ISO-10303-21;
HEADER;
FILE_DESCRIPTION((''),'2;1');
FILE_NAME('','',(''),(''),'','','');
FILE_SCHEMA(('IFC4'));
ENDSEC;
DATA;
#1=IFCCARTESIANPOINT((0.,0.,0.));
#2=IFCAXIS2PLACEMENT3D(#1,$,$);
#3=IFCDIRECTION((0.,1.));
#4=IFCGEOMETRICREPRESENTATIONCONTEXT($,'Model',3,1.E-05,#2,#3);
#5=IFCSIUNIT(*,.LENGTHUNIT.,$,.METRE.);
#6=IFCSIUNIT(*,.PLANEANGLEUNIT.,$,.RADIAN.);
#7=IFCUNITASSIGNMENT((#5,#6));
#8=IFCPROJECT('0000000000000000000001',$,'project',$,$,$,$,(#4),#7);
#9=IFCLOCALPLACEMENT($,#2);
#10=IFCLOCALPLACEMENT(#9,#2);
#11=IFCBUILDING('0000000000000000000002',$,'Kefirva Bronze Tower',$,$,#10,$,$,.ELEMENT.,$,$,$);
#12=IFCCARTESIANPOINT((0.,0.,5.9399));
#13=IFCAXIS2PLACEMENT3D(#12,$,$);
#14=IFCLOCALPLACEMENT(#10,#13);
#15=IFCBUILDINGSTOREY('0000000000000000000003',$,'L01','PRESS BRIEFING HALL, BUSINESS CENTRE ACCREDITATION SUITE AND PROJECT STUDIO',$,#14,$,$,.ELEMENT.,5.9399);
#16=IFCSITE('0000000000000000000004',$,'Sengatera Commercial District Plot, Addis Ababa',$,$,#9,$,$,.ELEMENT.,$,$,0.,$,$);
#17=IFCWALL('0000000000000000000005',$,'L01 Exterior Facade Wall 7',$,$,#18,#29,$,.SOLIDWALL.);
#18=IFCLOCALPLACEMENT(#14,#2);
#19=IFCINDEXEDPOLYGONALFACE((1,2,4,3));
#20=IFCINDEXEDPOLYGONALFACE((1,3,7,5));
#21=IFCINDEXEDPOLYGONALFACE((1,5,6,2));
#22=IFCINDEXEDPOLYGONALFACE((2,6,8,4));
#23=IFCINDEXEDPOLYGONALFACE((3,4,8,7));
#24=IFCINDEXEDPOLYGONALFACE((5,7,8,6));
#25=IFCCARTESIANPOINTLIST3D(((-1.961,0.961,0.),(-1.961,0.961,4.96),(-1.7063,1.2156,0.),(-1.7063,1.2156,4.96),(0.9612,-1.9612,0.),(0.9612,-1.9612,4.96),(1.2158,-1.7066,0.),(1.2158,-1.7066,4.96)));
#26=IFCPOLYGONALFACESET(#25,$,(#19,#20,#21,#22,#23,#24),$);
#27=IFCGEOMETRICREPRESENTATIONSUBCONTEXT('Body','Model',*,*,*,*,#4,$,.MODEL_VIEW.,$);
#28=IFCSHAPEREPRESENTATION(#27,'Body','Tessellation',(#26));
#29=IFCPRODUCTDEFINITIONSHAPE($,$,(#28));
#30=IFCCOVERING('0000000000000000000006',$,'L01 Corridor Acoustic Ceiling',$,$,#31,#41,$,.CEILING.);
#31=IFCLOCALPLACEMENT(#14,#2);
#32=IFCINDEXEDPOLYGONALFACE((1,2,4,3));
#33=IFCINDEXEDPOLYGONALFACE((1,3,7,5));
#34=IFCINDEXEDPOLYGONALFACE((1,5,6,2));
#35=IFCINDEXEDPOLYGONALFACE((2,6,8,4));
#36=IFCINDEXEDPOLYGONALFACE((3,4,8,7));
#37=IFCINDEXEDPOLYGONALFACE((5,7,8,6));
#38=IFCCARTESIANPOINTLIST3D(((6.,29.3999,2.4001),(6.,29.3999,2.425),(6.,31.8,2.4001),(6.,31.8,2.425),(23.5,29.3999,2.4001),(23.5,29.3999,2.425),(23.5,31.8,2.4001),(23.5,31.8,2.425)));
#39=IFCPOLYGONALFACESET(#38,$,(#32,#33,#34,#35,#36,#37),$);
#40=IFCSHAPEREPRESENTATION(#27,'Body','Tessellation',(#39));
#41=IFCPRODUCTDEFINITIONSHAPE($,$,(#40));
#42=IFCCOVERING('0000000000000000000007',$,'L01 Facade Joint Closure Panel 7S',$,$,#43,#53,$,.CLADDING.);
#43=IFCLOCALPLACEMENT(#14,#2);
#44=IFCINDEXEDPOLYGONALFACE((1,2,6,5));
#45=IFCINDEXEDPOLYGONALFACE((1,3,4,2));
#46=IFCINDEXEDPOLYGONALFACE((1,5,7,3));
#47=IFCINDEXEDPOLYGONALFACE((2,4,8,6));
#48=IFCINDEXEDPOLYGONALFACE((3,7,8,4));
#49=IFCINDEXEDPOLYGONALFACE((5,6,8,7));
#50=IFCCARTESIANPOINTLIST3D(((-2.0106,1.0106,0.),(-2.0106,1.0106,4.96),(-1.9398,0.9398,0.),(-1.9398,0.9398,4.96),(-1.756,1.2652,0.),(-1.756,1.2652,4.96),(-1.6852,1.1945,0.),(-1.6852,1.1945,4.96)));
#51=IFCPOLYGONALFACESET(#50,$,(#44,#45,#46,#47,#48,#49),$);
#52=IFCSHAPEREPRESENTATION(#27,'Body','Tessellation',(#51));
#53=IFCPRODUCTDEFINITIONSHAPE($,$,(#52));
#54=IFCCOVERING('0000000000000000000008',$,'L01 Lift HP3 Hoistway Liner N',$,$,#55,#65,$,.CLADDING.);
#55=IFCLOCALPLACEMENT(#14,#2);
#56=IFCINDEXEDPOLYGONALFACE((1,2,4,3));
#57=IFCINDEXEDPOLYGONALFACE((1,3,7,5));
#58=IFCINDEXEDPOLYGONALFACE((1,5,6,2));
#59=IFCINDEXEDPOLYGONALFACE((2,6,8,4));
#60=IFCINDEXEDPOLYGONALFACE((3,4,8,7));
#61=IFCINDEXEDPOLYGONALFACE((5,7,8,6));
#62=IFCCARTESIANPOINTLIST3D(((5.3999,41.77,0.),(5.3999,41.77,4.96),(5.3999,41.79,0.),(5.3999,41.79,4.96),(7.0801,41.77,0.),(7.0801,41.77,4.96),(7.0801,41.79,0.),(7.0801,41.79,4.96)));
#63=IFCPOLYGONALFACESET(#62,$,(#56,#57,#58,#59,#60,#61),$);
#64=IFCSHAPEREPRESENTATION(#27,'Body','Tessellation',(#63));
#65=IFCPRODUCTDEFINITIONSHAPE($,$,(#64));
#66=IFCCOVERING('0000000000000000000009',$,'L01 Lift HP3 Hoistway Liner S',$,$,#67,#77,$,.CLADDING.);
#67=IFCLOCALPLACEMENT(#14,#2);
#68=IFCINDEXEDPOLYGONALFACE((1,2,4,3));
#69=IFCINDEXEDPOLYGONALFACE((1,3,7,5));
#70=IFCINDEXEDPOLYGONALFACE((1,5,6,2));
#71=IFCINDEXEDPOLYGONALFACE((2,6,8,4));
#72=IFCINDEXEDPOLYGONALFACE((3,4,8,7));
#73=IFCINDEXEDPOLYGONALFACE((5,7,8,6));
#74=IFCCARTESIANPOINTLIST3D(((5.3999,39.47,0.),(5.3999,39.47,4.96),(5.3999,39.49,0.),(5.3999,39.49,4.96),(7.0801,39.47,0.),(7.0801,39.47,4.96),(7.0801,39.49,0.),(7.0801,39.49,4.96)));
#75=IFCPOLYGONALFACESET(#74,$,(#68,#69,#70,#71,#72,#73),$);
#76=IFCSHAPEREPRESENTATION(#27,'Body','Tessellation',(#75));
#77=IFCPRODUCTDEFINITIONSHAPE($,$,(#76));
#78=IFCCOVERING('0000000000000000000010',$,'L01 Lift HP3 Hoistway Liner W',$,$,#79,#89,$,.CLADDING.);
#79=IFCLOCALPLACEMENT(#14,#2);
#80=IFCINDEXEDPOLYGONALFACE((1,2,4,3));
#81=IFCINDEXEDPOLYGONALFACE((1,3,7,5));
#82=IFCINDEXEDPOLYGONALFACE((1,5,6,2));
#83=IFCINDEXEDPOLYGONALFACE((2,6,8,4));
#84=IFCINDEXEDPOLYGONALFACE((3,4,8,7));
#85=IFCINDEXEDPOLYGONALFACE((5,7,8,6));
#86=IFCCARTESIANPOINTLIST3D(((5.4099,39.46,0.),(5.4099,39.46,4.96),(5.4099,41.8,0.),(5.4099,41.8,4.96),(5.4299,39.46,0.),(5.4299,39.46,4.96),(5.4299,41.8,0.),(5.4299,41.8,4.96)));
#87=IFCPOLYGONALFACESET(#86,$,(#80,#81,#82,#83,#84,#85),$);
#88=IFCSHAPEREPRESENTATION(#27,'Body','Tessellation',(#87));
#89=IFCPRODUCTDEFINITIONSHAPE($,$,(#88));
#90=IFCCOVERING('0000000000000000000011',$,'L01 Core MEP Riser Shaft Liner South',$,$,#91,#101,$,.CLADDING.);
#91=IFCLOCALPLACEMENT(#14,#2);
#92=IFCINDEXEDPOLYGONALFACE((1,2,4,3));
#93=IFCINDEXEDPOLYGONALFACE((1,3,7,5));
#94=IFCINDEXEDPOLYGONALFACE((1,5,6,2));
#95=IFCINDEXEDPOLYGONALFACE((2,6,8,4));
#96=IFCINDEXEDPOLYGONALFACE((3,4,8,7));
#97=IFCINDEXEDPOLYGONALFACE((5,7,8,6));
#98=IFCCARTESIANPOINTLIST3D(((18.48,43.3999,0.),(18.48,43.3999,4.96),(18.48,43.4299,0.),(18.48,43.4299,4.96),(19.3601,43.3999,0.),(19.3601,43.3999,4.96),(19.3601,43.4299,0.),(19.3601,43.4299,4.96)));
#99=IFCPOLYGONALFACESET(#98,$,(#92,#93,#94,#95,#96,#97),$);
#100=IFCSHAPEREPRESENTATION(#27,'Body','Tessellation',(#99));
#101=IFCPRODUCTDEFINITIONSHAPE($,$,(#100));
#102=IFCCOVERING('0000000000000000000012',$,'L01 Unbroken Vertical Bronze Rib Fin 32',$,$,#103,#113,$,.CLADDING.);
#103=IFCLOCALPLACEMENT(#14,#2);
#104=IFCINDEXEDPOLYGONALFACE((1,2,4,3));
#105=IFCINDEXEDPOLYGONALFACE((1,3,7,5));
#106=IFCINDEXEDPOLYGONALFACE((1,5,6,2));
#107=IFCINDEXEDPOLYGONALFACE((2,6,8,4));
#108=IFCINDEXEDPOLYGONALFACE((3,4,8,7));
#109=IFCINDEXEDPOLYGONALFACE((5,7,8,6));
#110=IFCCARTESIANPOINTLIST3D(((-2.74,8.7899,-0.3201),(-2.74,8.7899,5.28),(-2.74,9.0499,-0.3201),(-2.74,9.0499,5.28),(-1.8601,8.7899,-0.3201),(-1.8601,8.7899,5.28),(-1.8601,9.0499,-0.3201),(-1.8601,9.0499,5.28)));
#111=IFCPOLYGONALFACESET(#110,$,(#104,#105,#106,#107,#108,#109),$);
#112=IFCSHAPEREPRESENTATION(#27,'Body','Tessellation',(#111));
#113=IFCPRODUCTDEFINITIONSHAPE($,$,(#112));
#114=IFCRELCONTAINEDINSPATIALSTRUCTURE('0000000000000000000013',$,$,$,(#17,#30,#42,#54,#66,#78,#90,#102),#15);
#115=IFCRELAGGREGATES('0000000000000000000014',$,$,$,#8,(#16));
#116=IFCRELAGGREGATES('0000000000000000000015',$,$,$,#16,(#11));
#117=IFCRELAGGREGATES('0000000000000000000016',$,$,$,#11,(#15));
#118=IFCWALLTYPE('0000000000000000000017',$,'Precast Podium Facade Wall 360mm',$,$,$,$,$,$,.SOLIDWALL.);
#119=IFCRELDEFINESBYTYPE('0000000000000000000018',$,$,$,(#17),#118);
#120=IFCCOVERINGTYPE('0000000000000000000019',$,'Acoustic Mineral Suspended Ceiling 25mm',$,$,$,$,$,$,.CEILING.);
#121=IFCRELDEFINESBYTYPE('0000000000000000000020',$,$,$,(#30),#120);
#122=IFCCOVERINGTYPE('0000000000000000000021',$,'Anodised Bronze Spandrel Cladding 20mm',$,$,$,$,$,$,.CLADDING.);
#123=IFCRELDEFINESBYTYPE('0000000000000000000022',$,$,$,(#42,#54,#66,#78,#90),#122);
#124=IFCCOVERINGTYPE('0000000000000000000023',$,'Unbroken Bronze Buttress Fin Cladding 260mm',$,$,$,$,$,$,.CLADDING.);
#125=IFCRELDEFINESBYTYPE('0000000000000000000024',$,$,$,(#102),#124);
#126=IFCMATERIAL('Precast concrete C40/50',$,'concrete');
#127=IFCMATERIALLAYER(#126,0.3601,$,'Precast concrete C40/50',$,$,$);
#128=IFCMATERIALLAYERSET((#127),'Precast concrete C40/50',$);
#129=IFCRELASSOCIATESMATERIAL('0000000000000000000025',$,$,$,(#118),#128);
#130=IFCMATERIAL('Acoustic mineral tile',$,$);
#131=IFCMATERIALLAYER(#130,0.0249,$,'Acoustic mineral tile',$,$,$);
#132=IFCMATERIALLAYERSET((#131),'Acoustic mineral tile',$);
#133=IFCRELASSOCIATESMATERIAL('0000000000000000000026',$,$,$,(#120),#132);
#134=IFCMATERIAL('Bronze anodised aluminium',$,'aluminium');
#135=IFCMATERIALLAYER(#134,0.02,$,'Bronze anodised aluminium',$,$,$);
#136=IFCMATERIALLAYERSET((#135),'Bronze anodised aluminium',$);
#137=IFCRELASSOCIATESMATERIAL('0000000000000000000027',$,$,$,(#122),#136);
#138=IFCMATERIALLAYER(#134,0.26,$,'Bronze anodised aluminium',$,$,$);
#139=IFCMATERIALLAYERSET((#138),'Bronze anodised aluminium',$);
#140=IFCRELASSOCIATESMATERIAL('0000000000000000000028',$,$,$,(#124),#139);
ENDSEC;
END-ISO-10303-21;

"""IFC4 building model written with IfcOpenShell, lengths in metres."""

from ifc_helpers import new_model, si_unit, direction, frame, frame_2d, origin, origin_2d, place, context, subcontext, project, spatial, polyline, rectangle, outline, extrude, material, layer, layer_set, type_object, element, save


model = new_model("IFC4")

# Units and contexts
model_context = context("Model", 3, precision=1e-05, world=origin(), true_north=direction((0.0, 1.0)))
body_context = subcontext(model_context, "Body", "Model", "MODEL_VIEW")
ifc_project = project(units=[si_unit("LENGTHUNIT", "METRE"), si_unit("PLANEANGLEUNIT", "RADIAN")], contexts=[model_context])

# Site, building, storey
site_placement = place(None, origin())
site = spatial("IfcSite", under=ifc_project, at=site_placement, Name="Sengatera Commercial District Plot, Addis Ababa", CompositionType="ELEMENT", RefElevation=0.0)
building_placement = place(site_placement, origin())
building = spatial("IfcBuilding", under=site, at=building_placement, Name="Kefirva Bronze Tower", CompositionType="ELEMENT")
storey_placement = place(building_placement, frame((0.0, 0.0, 5.9399)))
storey = spatial("IfcBuildingStorey", under=building, at=storey_placement, Name="L01", Description="PRESS BRIEFING HALL, BUSINESS CENTRE ACCREDITATION SUITE AND PROJECT STUDIO", CompositionType="ELEMENT", Elevation=5.9399)

# Shared definitions
ifc_material_1 = material(Name="Bronze anodised aluminium", Category="aluminium")

# Wall
ifc_material_2 = material(Name="Precast concrete C40/50", Category="concrete")
ifc_layer_1 = layer(ifc_material_2, 0.3601, Name="Precast concrete C40/50")
ifc_layer_set_1 = layer_set([ifc_layer_1], Name="Precast concrete C40/50")
wall_type = type_object("IfcWallType", Name="Precast Podium Facade Wall 360mm", PredefinedType="SOLIDWALL", material=ifc_layer_set_1)
wall_placement = place(storey_placement, frame((-1.8337, 1.0884, 0.0), z_axis=(0.0, 0.0, 1.0), x_axis=(0.707107, -0.707107, 0.0)))
element("IfcWall", 1, at=wall_placement, inside=storey, type_object=wall_type, Name="L01 Exterior Facade Wall 7", PredefinedType="SOLIDWALL", context=body_context, shape_type="SweptSolid", body=[
    extrude(rectangle(XDim=4.1326, YDim=0.3601, at=frame_2d((2.0664, 0.0))), origin(), (0.0, 0.0, 1.0), 4.96),
])

# Coverings
ifc_material_3 = material(Name="Acoustic mineral tile")
ifc_layer_2 = layer(ifc_material_3, 0.0249, Name="Acoustic mineral tile")
ifc_layer_set_2 = layer_set([ifc_layer_2], Name="Acoustic mineral tile")
covering_type_1 = type_object("IfcCoveringType", Name="Acoustic Mineral Suspended Ceiling 25mm", PredefinedType="CEILING", material=ifc_layer_set_2)
covering_1_placement = place(storey_placement, frame((0.0, 0.0, 2.4001)))
element("IfcCovering", 2, at=covering_1_placement, inside=storey, type_object=covering_type_1, Name="L01 Corridor Acoustic Ceiling", PredefinedType="CEILING", context=body_context, shape_type="SweptSolid", body=[
    extrude(outline(polyline([(6.0, 29.3999), (23.5, 29.3999), (23.5, 31.8), (6.0, 31.8), (6.0, 29.3999)])), origin(), (0.0, 0.0, 1.0), 0.0249),
])
ifc_layer_3 = layer(ifc_material_1, 0.02, Name="Bronze anodised aluminium")
ifc_layer_set_3 = layer_set([ifc_layer_3], Name="Bronze anodised aluminium")
covering_type_2 = type_object("IfcCoveringType", Name="Anodised Bronze Spandrel Cladding 20mm", PredefinedType="CLADDING", material=ifc_layer_set_3)
covering_2_placement = place(storey_placement, frame((-1.8479, 1.1025, 0.0), z_axis=(0.0, 0.0, 1.0), x_axis=(0.707107, -0.707107, 0.0)))
element("IfcCovering", 3, at=covering_2_placement, inside=storey, type_object=covering_type_2, Name="L01 Facade Joint Closure Panel 7S", PredefinedType="CLADDING", context=body_context, shape_type="SweptSolid", body=[
    extrude(rectangle(XDim=0.1001, YDim=0.3601, at=origin_2d()), origin(), (0.0, 0.0, 1.0), 4.96),
])
covering_3_placement = place(storey_placement, origin())
element("IfcCovering", 4, at=covering_3_placement, inside=storey, type_object=covering_type_2, Name="L01 Lift HP3 Hoistway Liner N", PredefinedType="CLADDING", context=body_context, shape_type="SweptSolid", body=[
    extrude(outline(polyline([(5.3999, 41.77), (7.0801, 41.77), (7.0801, 41.79), (5.3999, 41.79), (5.3999, 41.77)])), origin(), (0.0, 0.0, 1.0), 4.96),
])
covering_4_placement = place(storey_placement, origin())
element("IfcCovering", 5, at=covering_4_placement, inside=storey, type_object=covering_type_2, Name="L01 Lift HP3 Hoistway Liner S", PredefinedType="CLADDING", context=body_context, shape_type="SweptSolid", body=[
    extrude(outline(polyline([(5.3999, 39.47), (7.0801, 39.47), (7.0801, 39.49), (5.3999, 39.49), (5.3999, 39.47)])), origin(), (0.0, 0.0, 1.0), 4.96),
])
covering_5_placement = place(storey_placement, origin())
element("IfcCovering", 6, at=covering_5_placement, inside=storey, type_object=covering_type_2, Name="L01 Lift HP3 Hoistway Liner W", PredefinedType="CLADDING", context=body_context, shape_type="SweptSolid", body=[
    extrude(outline(polyline([(5.4099, 39.46), (5.4299, 39.46), (5.4299, 41.8), (5.4099, 41.8), (5.4099, 39.46)])), origin(), (0.0, 0.0, 1.0), 4.96),
])
covering_6_placement = place(storey_placement, origin())
element("IfcCovering", 7, at=covering_6_placement, inside=storey, type_object=covering_type_2, Name="L01 Core MEP Riser Shaft Liner South", PredefinedType="CLADDING", context=body_context, shape_type="SweptSolid", body=[
    extrude(outline(polyline([(18.48, 43.3999), (19.3601, 43.3999), (19.3601, 43.4299), (18.48, 43.4299), (18.48, 43.3999)])), origin(), (0.0, 0.0, 1.0), 4.96),
])
ifc_layer_4 = layer(ifc_material_1, 0.26, Name="Bronze anodised aluminium")
ifc_layer_set_4 = layer_set([ifc_layer_4], Name="Bronze anodised aluminium")
covering_type_3 = type_object("IfcCoveringType", Name="Unbroken Bronze Buttress Fin Cladding 260mm", PredefinedType="CLADDING", material=ifc_layer_set_4)
covering_7_placement = place(storey_placement, frame((-2.3, 8.9199, -0.3201), z_axis=(0.0, 0.0, 1.0), x_axis=(0.0, -1.0, 0.0)))
element("IfcCovering", 8, at=covering_7_placement, inside=storey, type_object=covering_type_3, Name="L01 Unbroken Vertical Bronze Rib Fin 32", PredefinedType="CLADDING", context=body_context, shape_type="SweptSolid", body=[
    extrude(rectangle(XDim=0.26, YDim=0.8799, at=origin_2d()), origin(), (0.0, 0.0, 1.0), 5.6001),
])

save(model, "model.ifc")
